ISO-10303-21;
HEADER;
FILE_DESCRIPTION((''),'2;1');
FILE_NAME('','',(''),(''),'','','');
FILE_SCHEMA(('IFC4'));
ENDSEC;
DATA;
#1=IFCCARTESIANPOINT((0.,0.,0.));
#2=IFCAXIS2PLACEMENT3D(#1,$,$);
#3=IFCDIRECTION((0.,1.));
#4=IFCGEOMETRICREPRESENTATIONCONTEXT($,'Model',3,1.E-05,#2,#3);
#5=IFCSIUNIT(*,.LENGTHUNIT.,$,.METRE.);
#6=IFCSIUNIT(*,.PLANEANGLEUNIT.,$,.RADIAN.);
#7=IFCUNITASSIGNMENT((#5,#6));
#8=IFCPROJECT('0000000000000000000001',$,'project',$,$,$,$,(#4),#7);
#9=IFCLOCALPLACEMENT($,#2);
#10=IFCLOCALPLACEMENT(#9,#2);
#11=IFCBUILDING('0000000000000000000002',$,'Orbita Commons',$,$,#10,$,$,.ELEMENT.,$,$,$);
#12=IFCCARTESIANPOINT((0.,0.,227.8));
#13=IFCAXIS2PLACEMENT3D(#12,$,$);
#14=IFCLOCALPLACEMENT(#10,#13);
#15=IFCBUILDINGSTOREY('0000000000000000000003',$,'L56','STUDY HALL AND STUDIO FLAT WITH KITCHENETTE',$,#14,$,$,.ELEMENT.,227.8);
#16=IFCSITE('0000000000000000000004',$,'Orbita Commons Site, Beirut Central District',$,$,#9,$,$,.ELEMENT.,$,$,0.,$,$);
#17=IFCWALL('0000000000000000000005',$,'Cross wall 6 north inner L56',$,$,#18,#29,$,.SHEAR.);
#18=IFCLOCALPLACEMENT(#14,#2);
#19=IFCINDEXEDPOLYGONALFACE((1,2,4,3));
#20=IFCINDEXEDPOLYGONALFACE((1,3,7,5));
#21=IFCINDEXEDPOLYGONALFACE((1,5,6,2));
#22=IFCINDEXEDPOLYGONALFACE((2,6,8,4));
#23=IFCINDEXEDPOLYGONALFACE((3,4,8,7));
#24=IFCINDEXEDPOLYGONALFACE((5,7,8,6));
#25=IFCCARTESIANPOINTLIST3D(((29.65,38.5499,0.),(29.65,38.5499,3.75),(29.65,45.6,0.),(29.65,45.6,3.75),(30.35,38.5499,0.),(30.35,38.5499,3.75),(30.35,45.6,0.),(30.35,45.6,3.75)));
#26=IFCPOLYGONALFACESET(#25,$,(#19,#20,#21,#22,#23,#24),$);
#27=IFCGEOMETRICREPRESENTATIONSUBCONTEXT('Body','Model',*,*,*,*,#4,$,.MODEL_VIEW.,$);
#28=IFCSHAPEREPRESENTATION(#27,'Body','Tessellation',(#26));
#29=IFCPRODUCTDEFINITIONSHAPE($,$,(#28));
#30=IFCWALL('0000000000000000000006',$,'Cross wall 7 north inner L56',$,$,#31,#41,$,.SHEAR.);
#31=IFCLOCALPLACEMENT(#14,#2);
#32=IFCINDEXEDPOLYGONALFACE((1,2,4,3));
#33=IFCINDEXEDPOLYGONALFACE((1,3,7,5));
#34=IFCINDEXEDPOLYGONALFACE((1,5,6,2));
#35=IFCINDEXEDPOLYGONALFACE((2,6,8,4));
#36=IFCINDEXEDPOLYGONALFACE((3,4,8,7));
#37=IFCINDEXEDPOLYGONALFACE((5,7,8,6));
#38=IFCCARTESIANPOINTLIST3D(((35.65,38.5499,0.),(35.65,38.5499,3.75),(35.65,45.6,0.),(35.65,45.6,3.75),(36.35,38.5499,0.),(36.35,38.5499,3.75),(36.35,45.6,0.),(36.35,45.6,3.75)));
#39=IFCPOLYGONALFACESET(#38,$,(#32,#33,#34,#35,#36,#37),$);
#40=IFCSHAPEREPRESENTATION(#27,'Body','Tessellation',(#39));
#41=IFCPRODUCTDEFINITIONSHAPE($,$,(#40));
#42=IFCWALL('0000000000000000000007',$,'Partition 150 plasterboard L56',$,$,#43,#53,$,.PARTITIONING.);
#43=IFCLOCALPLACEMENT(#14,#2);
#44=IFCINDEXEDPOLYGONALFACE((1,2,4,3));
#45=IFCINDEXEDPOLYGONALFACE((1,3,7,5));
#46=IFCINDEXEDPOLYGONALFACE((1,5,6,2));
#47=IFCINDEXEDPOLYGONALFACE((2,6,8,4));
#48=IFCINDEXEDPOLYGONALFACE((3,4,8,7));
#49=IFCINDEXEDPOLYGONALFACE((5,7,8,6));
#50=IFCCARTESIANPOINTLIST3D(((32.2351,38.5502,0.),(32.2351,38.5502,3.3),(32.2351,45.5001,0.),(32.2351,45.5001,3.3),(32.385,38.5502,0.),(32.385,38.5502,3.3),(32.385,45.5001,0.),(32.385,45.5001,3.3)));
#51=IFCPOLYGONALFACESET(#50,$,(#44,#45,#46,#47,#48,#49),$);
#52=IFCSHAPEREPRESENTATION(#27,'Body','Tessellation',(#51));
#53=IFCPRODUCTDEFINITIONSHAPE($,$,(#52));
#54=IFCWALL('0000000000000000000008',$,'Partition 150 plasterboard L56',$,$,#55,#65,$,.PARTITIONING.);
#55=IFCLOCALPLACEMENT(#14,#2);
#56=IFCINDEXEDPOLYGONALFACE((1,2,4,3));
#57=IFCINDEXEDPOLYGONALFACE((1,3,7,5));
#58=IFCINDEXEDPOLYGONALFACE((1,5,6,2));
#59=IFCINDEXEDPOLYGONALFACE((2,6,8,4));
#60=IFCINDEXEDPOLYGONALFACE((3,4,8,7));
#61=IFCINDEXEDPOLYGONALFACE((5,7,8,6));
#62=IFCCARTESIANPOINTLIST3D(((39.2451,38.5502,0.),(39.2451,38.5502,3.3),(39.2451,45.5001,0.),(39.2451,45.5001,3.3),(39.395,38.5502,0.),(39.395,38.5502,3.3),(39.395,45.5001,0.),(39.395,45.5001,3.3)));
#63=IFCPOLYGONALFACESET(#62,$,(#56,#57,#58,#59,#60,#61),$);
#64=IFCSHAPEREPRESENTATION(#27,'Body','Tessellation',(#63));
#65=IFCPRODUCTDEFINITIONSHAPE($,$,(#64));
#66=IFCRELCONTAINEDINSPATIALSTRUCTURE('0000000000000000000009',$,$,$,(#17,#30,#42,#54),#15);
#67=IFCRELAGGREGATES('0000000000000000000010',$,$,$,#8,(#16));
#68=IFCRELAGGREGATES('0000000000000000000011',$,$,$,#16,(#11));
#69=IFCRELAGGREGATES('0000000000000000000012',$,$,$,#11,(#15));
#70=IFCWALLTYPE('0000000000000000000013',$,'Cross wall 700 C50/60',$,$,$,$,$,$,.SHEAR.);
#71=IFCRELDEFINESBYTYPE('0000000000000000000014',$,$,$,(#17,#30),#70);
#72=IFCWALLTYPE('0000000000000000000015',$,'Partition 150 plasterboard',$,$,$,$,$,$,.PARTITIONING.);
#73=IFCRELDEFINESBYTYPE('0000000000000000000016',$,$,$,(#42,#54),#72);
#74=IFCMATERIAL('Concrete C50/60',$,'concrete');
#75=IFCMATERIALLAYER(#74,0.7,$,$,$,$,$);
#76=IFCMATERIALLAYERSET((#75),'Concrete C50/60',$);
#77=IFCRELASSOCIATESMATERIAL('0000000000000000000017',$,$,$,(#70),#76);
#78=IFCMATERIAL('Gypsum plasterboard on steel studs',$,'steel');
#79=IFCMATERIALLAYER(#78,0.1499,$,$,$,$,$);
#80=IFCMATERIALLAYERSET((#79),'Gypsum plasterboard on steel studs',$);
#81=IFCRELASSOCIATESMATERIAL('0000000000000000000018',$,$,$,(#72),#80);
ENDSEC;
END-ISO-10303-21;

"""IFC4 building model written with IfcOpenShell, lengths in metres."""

from ifc_helpers import new_model, si_unit, direction, frame, frame_2d, origin, place, context, subcontext, project, spatial, rectangle, extrude, material, layer, layer_set, type_object, element, save


model = new_model("IFC4")

# Units and contexts
model_context = context("Model", 3, precision=1e-05, world=origin(), true_north=direction((0.0, 1.0)))
body_context = subcontext(model_context, "Body", "Model", "MODEL_VIEW")
ifc_project = project(units=[si_unit("LENGTHUNIT", "METRE"), si_unit("PLANEANGLEUNIT", "RADIAN")], contexts=[model_context])

# Site, building, storey
site_placement = place(None, origin())
site = spatial("IfcSite", under=ifc_project, at=site_placement, Name="Orbita Commons Site, Beirut Central District", CompositionType="ELEMENT", RefElevation=0.0)
building_placement = place(site_placement, origin())
building = spatial("IfcBuilding", under=site, at=building_placement, Name="Orbita Commons", CompositionType="ELEMENT")
storey_placement = place(building_placement, frame((0.0, 0.0, 227.8)))
storey = spatial("IfcBuildingStorey", under=building, at=storey_placement, Name="L56", Description="STUDY HALL AND STUDIO FLAT WITH KITCHENETTE", CompositionType="ELEMENT", Elevation=227.8)

# Walls
ifc_material_1 = material(Name="Concrete C50/60", Category="concrete")
ifc_layer_1 = layer(ifc_material_1, 0.7)
ifc_layer_set_1 = layer_set([ifc_layer_1], Name="Concrete C50/60")
wall_type_1 = type_object("IfcWallType", Name="Cross wall 700 C50/60", PredefinedType="SHEAR", material=ifc_layer_set_1)
for number, where, z_axis, x_axis, name in (
    (1, (30.0, 38.55, 0.0), (0.0, 0.0, 1.0), (0.0, 1.0, 0.0), "Cross wall 6 north inner L56"),
    (2, (36.0, 38.55, 0.0), (0.0, 0.0, 1.0), (0.0, 1.0, 0.0), "Cross wall 7 north inner L56"),
):
    element("IfcWall", number, at=place(storey_placement, frame(where, z_axis=z_axis, x_axis=x_axis)), inside=storey, type_object=wall_type_1, Name=name, PredefinedType="SHEAR", context=body_context, shape_type="SweptSolid", body=[
        extrude(rectangle(XDim=7.05, YDim=0.7, at=frame_2d((3.5249, 0.0))), origin(), (0.0, 0.0, 1.0), 3.75),
    ])
ifc_material_2 = material(Name="Gypsum plasterboard on steel studs", Category="steel")
ifc_layer_2 = layer(ifc_material_2, 0.1499)
ifc_layer_set_2 = layer_set([ifc_layer_2], Name="Gypsum plasterboard on steel studs")
wall_type_2 = type_object("IfcWallType", Name="Partition 150 plasterboard", PredefinedType="PARTITIONING", material=ifc_layer_set_2)
for number, where, z_axis, x_axis, name in (
    (3, (32.3101, 38.55, 0.0), (0.0, 0.0, 1.0), (0.0, 1.0, 0.0), "Partition 150 plasterboard L56"),
    (4, (39.3201, 38.55, 0.0), (0.0, 0.0, 1.0), (0.0, 1.0, 0.0), "Partition 150 plasterboard L56"),
):
    element("IfcWall", number, at=place(storey_placement, frame(where, z_axis=z_axis, x_axis=x_axis)), inside=storey, type_object=wall_type_2, Name=name, PredefinedType="PARTITIONING", context=body_context, shape_type="SweptSolid", body=[
        extrude(rectangle(XDim=6.95, YDim=0.1499, at=frame_2d((3.4751, 0.0))), origin(), (0.0, 0.0, 1.0), 3.3),
    ])

save(model, "model.ifc")
